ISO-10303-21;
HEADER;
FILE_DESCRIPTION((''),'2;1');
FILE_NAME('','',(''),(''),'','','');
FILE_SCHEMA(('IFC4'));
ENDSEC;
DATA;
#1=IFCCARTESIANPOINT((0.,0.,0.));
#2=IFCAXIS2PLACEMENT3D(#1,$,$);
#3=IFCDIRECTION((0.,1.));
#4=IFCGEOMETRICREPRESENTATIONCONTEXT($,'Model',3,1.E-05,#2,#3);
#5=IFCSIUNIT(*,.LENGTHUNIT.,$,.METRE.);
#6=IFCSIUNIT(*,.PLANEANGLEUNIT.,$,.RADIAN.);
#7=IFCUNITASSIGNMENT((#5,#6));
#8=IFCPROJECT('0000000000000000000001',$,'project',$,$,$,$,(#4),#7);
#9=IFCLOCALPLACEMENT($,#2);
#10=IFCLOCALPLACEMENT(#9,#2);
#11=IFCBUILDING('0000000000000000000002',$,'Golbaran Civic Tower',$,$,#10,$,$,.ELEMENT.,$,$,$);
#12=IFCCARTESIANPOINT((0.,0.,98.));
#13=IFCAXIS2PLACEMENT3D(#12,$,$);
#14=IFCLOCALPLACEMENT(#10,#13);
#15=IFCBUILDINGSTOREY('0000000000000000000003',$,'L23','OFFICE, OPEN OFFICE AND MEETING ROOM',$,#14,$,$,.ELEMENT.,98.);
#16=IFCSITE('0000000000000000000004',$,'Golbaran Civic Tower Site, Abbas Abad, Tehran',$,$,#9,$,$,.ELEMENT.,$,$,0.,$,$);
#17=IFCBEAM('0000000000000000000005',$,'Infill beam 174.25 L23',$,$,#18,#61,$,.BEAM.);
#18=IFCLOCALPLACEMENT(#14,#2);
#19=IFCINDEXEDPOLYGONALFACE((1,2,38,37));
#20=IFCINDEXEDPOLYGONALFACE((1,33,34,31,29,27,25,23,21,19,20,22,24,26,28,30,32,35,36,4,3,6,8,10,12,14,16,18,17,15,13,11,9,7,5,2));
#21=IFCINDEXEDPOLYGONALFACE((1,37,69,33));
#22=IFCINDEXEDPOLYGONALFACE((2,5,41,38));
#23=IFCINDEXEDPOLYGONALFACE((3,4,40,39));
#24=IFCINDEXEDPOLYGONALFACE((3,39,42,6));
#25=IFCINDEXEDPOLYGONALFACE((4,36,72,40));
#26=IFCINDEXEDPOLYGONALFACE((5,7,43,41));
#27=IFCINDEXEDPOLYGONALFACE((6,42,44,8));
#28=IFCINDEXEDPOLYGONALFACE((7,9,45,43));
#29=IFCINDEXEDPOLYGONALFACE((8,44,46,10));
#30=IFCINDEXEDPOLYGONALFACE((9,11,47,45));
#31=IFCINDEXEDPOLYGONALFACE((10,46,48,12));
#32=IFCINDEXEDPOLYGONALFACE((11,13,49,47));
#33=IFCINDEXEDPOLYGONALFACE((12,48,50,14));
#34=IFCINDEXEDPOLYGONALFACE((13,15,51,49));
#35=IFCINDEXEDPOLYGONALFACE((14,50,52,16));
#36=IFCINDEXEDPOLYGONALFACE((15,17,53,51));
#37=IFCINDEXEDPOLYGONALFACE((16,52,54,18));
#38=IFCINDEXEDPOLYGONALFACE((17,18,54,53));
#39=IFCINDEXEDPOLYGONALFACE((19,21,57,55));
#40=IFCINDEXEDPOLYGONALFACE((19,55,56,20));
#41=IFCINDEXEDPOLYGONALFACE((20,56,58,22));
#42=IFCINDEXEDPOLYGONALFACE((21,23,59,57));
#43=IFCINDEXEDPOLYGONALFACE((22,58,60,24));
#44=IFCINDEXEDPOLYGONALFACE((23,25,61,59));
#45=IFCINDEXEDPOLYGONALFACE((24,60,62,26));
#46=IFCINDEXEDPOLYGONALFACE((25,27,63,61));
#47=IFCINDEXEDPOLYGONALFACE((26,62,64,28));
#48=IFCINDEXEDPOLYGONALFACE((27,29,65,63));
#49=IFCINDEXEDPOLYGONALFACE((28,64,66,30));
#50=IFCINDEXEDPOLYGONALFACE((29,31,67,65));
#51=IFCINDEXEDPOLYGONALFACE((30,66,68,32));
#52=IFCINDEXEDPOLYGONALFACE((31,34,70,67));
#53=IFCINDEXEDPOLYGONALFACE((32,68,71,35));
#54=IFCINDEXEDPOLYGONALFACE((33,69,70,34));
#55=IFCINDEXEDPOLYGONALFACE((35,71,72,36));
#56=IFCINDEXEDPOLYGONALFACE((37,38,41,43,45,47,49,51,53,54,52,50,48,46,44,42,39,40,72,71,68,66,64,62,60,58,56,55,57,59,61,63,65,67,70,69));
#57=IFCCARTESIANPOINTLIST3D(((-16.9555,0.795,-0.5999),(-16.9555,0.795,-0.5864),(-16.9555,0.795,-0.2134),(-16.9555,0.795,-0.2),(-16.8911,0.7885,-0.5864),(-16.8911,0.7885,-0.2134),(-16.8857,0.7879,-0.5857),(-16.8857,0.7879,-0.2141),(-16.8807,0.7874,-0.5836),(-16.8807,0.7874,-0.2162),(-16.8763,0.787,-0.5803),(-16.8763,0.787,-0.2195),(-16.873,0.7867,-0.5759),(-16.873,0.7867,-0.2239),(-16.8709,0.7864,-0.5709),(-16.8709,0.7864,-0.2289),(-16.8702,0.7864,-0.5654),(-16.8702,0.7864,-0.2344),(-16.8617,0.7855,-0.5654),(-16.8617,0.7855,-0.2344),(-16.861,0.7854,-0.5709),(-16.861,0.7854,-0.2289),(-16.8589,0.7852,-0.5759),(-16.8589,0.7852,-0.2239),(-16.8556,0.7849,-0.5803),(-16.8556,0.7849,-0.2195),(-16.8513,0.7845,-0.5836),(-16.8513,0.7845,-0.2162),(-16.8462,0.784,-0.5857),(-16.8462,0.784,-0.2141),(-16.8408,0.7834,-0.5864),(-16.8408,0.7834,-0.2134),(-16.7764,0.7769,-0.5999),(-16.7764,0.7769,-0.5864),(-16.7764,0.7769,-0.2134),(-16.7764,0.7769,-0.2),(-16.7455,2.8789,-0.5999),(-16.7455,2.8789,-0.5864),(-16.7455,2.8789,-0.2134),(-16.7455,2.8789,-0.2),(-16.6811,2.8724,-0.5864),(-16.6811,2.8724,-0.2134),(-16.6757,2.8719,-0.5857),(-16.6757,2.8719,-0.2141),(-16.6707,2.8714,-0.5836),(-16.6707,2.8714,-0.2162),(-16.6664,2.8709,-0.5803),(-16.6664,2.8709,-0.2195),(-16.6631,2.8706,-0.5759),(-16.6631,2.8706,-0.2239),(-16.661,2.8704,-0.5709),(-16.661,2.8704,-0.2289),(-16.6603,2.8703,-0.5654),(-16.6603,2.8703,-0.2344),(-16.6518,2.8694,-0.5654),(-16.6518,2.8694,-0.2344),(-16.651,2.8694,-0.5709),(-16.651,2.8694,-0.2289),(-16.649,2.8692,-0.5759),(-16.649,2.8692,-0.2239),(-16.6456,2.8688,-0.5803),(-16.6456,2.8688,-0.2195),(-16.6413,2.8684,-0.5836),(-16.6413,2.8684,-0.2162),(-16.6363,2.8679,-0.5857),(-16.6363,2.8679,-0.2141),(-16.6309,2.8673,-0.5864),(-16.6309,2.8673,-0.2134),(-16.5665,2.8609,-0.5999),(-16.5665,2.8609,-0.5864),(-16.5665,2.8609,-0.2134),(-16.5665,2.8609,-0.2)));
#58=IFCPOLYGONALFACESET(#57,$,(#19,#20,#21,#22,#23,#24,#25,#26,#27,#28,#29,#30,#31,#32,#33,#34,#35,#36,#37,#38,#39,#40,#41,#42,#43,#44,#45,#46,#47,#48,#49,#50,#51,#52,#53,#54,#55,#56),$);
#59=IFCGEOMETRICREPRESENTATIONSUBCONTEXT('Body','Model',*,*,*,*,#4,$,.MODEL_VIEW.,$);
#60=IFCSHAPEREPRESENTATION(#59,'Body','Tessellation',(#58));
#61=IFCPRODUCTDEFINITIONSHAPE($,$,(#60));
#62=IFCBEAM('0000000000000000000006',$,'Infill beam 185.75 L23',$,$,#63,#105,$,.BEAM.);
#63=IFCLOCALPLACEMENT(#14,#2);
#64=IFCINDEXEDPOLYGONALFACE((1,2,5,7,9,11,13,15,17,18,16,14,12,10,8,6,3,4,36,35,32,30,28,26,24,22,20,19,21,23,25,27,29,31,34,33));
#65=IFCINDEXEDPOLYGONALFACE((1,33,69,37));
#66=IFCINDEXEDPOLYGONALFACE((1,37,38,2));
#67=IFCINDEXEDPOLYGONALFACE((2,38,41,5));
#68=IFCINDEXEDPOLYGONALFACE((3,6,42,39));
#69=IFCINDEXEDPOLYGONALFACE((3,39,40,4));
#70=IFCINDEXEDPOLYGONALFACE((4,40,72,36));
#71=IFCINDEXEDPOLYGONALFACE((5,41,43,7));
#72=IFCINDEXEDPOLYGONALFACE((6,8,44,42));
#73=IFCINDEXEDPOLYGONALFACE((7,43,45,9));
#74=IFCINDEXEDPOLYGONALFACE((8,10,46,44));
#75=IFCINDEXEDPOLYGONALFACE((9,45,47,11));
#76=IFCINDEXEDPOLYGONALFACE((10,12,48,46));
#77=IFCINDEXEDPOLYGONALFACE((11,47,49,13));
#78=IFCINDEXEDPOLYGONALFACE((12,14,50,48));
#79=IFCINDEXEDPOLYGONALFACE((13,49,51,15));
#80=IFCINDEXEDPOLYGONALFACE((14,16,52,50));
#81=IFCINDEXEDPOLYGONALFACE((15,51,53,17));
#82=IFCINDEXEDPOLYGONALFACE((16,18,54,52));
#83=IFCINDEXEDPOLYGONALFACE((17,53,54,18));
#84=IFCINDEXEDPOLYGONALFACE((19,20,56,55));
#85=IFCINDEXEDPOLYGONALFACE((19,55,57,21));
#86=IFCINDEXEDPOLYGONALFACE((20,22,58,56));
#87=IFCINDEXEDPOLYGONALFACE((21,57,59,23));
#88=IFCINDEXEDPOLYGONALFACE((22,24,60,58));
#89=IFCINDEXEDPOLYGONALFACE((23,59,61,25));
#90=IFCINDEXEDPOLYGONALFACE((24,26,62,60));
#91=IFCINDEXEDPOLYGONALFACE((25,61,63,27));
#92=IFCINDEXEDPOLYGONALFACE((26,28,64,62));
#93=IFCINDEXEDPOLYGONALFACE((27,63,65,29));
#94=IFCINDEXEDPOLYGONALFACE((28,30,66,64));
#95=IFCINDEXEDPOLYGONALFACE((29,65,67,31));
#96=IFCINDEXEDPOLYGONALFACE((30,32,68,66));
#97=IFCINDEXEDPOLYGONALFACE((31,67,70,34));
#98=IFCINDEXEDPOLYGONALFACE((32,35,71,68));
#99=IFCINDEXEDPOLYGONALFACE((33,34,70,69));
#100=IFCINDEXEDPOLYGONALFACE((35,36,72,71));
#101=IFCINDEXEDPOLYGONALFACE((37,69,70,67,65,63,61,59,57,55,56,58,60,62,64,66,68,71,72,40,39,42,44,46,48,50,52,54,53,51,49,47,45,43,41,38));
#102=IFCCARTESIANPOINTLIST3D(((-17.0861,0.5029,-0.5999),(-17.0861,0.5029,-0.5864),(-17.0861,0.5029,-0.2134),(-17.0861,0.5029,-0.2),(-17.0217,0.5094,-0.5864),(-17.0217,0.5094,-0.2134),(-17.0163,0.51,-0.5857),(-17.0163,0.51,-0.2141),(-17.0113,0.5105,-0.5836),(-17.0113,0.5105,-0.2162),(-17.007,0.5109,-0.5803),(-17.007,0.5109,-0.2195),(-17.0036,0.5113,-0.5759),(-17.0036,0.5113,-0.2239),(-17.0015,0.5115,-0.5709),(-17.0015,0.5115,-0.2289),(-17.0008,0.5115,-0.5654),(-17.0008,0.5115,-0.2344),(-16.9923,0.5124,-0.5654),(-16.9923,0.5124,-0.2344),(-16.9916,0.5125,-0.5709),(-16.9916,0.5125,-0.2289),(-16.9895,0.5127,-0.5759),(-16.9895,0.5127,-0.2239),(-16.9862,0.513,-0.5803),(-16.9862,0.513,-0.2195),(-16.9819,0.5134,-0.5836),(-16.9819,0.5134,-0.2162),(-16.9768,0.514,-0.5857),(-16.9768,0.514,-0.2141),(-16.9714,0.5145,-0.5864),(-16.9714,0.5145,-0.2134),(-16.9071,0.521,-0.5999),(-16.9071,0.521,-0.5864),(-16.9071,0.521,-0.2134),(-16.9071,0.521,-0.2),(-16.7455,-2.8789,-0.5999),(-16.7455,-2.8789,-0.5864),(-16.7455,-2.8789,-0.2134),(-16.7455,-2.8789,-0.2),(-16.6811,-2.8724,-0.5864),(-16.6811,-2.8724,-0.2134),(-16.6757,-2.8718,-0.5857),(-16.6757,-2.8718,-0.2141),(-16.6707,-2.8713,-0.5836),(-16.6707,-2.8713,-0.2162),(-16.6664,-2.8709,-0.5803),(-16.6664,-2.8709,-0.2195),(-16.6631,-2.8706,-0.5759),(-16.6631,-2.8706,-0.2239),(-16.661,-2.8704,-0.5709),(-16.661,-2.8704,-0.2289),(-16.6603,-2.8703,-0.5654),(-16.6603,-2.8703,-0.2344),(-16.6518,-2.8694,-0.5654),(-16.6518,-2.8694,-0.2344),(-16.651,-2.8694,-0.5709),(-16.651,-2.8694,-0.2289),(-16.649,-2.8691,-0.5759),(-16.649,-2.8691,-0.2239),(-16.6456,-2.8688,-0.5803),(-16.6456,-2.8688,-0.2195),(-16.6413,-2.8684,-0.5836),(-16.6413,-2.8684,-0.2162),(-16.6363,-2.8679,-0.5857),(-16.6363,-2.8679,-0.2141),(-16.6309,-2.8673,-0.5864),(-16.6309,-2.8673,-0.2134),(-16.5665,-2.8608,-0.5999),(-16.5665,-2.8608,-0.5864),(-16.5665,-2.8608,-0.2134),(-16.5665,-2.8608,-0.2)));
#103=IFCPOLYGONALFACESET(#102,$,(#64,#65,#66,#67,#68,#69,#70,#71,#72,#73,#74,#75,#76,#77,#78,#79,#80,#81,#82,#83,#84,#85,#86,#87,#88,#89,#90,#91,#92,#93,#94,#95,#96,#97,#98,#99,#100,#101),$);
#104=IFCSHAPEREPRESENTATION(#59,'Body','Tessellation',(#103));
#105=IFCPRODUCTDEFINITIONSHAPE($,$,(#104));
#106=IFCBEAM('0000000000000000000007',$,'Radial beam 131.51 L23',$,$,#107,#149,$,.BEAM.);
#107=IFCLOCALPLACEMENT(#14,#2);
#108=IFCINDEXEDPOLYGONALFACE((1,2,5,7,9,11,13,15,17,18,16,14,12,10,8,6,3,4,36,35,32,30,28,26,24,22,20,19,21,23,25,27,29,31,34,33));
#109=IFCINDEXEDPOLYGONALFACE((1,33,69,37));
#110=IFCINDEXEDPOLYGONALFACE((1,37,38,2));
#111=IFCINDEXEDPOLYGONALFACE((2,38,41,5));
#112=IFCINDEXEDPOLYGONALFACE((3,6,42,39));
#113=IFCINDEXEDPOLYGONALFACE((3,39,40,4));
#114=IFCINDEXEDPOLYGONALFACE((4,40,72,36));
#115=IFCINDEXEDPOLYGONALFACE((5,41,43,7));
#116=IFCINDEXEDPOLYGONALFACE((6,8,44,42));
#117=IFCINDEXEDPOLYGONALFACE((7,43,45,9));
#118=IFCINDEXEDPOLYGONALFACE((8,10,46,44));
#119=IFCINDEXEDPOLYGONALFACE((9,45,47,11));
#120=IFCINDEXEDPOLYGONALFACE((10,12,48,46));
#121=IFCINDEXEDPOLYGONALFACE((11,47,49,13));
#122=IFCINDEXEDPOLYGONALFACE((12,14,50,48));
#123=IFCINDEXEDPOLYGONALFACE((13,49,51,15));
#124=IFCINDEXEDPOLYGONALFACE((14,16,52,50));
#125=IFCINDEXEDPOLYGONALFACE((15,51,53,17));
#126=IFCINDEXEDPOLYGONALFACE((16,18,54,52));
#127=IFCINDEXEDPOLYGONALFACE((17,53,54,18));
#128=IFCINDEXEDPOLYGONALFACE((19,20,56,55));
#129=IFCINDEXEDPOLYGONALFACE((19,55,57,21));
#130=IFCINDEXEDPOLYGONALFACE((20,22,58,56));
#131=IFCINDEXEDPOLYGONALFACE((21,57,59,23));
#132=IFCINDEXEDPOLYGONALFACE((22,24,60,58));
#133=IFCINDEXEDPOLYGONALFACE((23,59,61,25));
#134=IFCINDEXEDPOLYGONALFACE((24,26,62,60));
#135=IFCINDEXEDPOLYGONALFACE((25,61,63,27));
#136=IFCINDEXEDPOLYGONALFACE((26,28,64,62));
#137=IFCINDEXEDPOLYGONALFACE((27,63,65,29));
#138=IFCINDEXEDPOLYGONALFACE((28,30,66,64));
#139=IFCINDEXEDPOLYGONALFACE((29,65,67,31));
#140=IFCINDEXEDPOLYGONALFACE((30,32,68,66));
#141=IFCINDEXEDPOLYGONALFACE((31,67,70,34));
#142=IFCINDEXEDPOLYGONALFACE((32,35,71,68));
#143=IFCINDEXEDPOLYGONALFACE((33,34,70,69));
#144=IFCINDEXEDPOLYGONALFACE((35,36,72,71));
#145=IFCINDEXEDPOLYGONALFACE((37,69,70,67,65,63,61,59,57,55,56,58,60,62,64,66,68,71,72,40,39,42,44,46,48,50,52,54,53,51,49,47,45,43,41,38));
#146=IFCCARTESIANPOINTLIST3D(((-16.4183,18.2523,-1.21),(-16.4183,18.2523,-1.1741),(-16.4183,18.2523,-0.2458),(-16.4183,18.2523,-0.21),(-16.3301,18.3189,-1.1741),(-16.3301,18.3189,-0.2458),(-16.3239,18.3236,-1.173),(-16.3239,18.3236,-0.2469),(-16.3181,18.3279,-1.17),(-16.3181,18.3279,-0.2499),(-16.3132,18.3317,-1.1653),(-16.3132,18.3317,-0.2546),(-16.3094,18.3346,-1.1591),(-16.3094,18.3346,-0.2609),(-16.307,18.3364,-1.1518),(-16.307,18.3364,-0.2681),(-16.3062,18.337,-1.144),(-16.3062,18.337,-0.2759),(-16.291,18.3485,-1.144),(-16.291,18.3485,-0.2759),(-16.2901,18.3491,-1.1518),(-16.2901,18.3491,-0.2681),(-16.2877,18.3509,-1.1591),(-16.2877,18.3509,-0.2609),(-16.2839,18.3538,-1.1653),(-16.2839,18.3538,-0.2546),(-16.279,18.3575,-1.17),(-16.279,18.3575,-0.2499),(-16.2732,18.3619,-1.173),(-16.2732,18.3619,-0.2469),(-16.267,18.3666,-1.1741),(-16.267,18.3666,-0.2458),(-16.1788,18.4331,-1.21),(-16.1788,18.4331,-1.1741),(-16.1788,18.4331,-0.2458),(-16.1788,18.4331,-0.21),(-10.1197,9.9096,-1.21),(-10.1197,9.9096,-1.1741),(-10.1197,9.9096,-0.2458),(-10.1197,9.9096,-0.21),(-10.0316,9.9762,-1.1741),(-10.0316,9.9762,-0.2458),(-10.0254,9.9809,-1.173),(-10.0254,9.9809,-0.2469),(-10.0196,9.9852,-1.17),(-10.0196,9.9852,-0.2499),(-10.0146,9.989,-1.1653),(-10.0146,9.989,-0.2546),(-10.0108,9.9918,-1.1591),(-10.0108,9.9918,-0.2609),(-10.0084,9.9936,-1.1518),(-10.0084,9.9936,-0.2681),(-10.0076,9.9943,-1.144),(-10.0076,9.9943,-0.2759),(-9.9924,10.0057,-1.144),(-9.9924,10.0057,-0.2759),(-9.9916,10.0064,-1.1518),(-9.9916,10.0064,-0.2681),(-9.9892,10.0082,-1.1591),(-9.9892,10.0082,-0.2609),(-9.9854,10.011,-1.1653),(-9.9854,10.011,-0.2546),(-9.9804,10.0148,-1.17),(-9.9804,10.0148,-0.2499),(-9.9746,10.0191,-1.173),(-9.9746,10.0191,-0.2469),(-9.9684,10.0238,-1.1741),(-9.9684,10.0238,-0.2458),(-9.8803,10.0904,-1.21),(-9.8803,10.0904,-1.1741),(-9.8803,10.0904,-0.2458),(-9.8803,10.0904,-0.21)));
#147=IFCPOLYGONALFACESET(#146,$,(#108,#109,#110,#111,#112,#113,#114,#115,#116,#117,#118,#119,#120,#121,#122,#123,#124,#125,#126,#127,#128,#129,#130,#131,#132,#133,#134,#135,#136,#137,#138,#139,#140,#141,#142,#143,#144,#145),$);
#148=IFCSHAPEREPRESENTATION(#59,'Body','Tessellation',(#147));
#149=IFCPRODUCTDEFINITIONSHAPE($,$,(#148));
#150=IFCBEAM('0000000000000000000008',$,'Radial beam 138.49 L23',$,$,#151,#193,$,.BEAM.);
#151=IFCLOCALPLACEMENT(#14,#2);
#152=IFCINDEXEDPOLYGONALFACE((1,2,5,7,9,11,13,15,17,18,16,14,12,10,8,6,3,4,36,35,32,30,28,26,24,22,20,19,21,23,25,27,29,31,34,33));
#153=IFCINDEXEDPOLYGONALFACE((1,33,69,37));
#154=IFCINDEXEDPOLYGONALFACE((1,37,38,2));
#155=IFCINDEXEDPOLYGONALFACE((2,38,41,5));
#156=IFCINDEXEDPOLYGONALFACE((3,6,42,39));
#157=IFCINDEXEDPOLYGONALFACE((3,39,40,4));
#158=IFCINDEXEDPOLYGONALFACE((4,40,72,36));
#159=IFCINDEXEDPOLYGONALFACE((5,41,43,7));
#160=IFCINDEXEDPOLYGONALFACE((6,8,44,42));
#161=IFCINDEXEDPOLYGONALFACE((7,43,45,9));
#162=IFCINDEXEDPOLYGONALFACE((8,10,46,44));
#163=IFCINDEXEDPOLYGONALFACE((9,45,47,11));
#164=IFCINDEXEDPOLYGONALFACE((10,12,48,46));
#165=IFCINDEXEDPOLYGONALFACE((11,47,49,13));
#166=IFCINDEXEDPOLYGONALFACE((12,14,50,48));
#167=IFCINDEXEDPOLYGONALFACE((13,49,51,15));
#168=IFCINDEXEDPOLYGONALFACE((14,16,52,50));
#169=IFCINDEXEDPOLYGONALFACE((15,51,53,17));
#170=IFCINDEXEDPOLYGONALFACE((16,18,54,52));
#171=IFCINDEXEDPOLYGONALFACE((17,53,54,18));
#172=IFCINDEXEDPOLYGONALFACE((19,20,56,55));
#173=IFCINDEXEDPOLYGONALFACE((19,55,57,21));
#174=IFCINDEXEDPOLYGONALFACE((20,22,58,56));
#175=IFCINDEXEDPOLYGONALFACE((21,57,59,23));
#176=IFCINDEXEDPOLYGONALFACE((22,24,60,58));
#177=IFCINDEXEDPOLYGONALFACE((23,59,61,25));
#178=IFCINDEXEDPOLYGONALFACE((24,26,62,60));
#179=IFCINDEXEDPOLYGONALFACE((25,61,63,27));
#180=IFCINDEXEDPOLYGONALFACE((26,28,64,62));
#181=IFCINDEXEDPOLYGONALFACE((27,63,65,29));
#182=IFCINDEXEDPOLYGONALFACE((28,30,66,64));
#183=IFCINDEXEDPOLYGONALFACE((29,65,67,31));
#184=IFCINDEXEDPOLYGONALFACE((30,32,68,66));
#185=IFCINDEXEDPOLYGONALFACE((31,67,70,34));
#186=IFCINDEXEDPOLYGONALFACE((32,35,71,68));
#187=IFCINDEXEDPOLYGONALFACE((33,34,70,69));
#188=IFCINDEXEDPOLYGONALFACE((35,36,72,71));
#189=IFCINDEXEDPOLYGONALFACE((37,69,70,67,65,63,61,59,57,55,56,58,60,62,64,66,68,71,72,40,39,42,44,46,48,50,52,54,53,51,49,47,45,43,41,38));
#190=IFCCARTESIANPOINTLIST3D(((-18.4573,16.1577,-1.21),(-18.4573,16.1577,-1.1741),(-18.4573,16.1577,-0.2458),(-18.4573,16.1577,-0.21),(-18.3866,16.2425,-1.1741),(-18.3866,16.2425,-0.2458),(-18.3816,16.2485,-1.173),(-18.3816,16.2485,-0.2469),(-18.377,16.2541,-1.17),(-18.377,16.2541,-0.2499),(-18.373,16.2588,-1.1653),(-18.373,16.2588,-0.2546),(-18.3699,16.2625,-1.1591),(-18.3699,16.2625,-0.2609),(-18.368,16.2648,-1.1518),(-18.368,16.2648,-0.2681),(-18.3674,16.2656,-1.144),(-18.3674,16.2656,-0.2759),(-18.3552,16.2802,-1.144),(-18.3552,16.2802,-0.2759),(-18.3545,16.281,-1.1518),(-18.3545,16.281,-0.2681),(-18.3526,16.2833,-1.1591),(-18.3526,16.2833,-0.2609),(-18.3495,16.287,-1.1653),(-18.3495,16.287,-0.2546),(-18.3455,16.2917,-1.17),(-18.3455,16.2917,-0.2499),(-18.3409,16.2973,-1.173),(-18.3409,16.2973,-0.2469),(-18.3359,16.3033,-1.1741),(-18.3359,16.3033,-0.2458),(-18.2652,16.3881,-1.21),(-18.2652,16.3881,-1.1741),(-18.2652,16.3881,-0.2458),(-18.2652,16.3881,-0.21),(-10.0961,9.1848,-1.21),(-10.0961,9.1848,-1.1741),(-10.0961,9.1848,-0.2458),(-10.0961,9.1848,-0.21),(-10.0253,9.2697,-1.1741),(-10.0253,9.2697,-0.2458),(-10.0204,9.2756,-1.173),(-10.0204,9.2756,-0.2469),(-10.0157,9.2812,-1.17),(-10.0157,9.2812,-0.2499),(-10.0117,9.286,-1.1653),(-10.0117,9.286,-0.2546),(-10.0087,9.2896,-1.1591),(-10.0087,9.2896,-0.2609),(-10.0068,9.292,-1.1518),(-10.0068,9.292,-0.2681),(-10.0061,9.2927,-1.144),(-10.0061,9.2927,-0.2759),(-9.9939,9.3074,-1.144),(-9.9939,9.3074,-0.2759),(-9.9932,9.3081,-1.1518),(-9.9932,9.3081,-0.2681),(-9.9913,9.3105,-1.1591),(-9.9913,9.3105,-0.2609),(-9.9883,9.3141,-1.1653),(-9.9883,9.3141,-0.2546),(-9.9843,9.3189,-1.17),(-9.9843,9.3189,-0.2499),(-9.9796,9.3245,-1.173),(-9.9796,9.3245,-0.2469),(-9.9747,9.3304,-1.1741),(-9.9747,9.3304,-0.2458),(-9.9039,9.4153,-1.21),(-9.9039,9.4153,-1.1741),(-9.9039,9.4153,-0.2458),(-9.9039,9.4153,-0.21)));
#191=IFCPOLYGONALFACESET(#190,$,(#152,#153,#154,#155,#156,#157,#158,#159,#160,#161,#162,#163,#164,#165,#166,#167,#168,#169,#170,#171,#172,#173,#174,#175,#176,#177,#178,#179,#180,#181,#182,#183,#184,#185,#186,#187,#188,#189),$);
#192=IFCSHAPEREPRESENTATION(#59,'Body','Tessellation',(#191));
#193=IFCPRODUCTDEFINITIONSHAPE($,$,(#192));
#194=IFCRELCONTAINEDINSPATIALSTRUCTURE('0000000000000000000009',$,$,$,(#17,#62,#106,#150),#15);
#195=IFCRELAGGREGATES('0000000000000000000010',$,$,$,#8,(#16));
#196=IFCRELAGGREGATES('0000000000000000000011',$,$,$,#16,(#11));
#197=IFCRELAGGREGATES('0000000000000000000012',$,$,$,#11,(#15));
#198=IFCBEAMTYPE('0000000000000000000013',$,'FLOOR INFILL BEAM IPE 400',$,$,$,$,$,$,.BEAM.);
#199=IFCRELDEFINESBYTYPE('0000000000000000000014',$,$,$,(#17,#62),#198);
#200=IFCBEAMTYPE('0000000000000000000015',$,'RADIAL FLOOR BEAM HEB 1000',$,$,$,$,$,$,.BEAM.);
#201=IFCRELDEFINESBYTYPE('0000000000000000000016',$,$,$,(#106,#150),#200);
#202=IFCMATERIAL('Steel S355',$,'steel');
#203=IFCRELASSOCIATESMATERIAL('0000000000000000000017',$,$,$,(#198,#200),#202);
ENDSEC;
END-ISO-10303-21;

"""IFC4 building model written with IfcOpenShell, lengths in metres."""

from ifc_helpers import new_model, si_unit, direction, frame, origin, origin_2d, place, context, subcontext, project, spatial, i_section, extrude, material, material_profile, profile_set, type_object, element, save


model = new_model("IFC4")

# Units and contexts
model_context = context("Model", 3, precision=1e-05, world=origin(), true_north=direction((0.0, 1.0)))
body_context = subcontext(model_context, "Body", "Model", "MODEL_VIEW")
ifc_project = project(units=[si_unit("LENGTHUNIT", "METRE"), si_unit("PLANEANGLEUNIT", "RADIAN")], contexts=[model_context])

# Site, building, storey
site_placement = place(None, origin())
site = spatial("IfcSite", under=ifc_project, at=site_placement, Name="Golbaran Civic Tower Site, Abbas Abad, Tehran", CompositionType="ELEMENT", RefElevation=0.0)
building_placement = place(site_placement, origin())
building = spatial("IfcBuilding", under=site, at=building_placement, Name="Golbaran Civic Tower", CompositionType="ELEMENT")
storey_placement = place(building_placement, frame((0.0, 0.0, 98.0)))
storey = spatial("IfcBuildingStorey", under=building, at=storey_placement, Name="L23", Description="OFFICE, OPEN OFFICE AND MEETING ROOM", CompositionType="ELEMENT", Elevation=98.0)

# Beams
ifc_material_1 = material(Name="Steel S355", Category="steel")
ifc_material_profile_1 = material_profile(ifc_material_1, i_section(OverallWidth=0.1799, OverallDepth=0.3999, WebThickness=0.0085, FlangeThickness=0.0134, FilletRadius=0.021, at=origin_2d()), Name="IPE 400")
ifc_profile_set_1 = profile_set([ifc_material_profile_1], Name="Steel S355")
beam_type_1 = type_object("IfcBeamType", Name="FLOOR INFILL BEAM IPE 400", PredefinedType="BEAM", material=ifc_profile_set_1)
beam_1_placement = place(storey_placement, frame((-16.656, 2.8699, -0.3999), z_axis=(-0.100242, -0.994963, 0.0), x_axis=(0.994963, -0.100242, 0.0)))
element("IfcBeam", 1, at=beam_1_placement, inside=storey, type_object=beam_type_1, Name="Infill beam 174.25 L23", PredefinedType="BEAM", context=body_context, shape_type="SweptSolid", body=[
    extrude(i_section(OverallWidth=0.1799, OverallDepth=0.3999, WebThickness=0.0085, FlangeThickness=0.0134, FilletRadius=0.021, at=origin_2d()), origin(), (0.0, 0.0, 1.0), 2.0945),
])
beam_2_placement = place(storey_placement, frame((-16.9966, 0.512, -0.3999), z_axis=(0.100201, -0.994967, 0.0), x_axis=(0.994967, 0.100201, 0.0)))
element("IfcBeam", 2, at=beam_2_placement, inside=storey, type_object=beam_type_1, Name="Infill beam 185.75 L23", PredefinedType="BEAM", context=body_context, shape_type="SweptSolid", body=[
    extrude(i_section(OverallWidth=0.1799, OverallDepth=0.3999, WebThickness=0.0085, FlangeThickness=0.0134, FilletRadius=0.021, at=origin_2d()), origin(), (0.0, 0.0, 1.0), 3.3989),
])
ifc_material_profile_2 = material_profile(ifc_material_1, i_section(OverallWidth=0.3, OverallDepth=1.0, WebThickness=0.019, FlangeThickness=0.0359, FilletRadius=0.03, at=origin_2d()), Name="HEB 1000")
ifc_profile_set_2 = profile_set([ifc_material_profile_2], Name="Steel S355")
beam_type_2 = type_object("IfcBeamType", Name="RADIAL FLOOR BEAM HEB 1000", PredefinedType="BEAM", material=ifc_profile_set_2)
beam_3_placement = place(storey_placement, frame((-10.0, 10.0, -0.71), z_axis=(-0.602538, 0.79809, 0.0), x_axis=(-0.79809, -0.602538, 0.0)))
element("IfcBeam", 3, at=beam_3_placement, inside=storey, type_object=beam_type_2, Name="Radial beam 131.51 L23", PredefinedType="BEAM", context=body_context, shape_type="SweptSolid", body=[
    extrude(i_section(OverallWidth=0.3, OverallDepth=1.0, WebThickness=0.019, FlangeThickness=0.0359, FilletRadius=0.03, at=origin_2d()), origin(), (0.0, 0.0, 1.0), 10.4534),
])
beam_4_placement = place(storey_placement, frame((-10.0, 9.3, -0.71), z_axis=(-0.76799, 0.640462, 0.0), x_axis=(-0.640462, -0.76799, 0.0)))
element("IfcBeam", 4, at=beam_4_placement, inside=storey, type_object=beam_type_2, Name="Radial beam 138.49 L23", PredefinedType="BEAM", context=body_context, shape_type="SweptSolid", body=[
    extrude(i_section(OverallWidth=0.3, OverallDepth=1.0, WebThickness=0.019, FlangeThickness=0.0359, FilletRadius=0.03, at=origin_2d()), origin(), (0.0, 0.0, 1.0), 10.8872),
])

save(model, "model.ifc")
